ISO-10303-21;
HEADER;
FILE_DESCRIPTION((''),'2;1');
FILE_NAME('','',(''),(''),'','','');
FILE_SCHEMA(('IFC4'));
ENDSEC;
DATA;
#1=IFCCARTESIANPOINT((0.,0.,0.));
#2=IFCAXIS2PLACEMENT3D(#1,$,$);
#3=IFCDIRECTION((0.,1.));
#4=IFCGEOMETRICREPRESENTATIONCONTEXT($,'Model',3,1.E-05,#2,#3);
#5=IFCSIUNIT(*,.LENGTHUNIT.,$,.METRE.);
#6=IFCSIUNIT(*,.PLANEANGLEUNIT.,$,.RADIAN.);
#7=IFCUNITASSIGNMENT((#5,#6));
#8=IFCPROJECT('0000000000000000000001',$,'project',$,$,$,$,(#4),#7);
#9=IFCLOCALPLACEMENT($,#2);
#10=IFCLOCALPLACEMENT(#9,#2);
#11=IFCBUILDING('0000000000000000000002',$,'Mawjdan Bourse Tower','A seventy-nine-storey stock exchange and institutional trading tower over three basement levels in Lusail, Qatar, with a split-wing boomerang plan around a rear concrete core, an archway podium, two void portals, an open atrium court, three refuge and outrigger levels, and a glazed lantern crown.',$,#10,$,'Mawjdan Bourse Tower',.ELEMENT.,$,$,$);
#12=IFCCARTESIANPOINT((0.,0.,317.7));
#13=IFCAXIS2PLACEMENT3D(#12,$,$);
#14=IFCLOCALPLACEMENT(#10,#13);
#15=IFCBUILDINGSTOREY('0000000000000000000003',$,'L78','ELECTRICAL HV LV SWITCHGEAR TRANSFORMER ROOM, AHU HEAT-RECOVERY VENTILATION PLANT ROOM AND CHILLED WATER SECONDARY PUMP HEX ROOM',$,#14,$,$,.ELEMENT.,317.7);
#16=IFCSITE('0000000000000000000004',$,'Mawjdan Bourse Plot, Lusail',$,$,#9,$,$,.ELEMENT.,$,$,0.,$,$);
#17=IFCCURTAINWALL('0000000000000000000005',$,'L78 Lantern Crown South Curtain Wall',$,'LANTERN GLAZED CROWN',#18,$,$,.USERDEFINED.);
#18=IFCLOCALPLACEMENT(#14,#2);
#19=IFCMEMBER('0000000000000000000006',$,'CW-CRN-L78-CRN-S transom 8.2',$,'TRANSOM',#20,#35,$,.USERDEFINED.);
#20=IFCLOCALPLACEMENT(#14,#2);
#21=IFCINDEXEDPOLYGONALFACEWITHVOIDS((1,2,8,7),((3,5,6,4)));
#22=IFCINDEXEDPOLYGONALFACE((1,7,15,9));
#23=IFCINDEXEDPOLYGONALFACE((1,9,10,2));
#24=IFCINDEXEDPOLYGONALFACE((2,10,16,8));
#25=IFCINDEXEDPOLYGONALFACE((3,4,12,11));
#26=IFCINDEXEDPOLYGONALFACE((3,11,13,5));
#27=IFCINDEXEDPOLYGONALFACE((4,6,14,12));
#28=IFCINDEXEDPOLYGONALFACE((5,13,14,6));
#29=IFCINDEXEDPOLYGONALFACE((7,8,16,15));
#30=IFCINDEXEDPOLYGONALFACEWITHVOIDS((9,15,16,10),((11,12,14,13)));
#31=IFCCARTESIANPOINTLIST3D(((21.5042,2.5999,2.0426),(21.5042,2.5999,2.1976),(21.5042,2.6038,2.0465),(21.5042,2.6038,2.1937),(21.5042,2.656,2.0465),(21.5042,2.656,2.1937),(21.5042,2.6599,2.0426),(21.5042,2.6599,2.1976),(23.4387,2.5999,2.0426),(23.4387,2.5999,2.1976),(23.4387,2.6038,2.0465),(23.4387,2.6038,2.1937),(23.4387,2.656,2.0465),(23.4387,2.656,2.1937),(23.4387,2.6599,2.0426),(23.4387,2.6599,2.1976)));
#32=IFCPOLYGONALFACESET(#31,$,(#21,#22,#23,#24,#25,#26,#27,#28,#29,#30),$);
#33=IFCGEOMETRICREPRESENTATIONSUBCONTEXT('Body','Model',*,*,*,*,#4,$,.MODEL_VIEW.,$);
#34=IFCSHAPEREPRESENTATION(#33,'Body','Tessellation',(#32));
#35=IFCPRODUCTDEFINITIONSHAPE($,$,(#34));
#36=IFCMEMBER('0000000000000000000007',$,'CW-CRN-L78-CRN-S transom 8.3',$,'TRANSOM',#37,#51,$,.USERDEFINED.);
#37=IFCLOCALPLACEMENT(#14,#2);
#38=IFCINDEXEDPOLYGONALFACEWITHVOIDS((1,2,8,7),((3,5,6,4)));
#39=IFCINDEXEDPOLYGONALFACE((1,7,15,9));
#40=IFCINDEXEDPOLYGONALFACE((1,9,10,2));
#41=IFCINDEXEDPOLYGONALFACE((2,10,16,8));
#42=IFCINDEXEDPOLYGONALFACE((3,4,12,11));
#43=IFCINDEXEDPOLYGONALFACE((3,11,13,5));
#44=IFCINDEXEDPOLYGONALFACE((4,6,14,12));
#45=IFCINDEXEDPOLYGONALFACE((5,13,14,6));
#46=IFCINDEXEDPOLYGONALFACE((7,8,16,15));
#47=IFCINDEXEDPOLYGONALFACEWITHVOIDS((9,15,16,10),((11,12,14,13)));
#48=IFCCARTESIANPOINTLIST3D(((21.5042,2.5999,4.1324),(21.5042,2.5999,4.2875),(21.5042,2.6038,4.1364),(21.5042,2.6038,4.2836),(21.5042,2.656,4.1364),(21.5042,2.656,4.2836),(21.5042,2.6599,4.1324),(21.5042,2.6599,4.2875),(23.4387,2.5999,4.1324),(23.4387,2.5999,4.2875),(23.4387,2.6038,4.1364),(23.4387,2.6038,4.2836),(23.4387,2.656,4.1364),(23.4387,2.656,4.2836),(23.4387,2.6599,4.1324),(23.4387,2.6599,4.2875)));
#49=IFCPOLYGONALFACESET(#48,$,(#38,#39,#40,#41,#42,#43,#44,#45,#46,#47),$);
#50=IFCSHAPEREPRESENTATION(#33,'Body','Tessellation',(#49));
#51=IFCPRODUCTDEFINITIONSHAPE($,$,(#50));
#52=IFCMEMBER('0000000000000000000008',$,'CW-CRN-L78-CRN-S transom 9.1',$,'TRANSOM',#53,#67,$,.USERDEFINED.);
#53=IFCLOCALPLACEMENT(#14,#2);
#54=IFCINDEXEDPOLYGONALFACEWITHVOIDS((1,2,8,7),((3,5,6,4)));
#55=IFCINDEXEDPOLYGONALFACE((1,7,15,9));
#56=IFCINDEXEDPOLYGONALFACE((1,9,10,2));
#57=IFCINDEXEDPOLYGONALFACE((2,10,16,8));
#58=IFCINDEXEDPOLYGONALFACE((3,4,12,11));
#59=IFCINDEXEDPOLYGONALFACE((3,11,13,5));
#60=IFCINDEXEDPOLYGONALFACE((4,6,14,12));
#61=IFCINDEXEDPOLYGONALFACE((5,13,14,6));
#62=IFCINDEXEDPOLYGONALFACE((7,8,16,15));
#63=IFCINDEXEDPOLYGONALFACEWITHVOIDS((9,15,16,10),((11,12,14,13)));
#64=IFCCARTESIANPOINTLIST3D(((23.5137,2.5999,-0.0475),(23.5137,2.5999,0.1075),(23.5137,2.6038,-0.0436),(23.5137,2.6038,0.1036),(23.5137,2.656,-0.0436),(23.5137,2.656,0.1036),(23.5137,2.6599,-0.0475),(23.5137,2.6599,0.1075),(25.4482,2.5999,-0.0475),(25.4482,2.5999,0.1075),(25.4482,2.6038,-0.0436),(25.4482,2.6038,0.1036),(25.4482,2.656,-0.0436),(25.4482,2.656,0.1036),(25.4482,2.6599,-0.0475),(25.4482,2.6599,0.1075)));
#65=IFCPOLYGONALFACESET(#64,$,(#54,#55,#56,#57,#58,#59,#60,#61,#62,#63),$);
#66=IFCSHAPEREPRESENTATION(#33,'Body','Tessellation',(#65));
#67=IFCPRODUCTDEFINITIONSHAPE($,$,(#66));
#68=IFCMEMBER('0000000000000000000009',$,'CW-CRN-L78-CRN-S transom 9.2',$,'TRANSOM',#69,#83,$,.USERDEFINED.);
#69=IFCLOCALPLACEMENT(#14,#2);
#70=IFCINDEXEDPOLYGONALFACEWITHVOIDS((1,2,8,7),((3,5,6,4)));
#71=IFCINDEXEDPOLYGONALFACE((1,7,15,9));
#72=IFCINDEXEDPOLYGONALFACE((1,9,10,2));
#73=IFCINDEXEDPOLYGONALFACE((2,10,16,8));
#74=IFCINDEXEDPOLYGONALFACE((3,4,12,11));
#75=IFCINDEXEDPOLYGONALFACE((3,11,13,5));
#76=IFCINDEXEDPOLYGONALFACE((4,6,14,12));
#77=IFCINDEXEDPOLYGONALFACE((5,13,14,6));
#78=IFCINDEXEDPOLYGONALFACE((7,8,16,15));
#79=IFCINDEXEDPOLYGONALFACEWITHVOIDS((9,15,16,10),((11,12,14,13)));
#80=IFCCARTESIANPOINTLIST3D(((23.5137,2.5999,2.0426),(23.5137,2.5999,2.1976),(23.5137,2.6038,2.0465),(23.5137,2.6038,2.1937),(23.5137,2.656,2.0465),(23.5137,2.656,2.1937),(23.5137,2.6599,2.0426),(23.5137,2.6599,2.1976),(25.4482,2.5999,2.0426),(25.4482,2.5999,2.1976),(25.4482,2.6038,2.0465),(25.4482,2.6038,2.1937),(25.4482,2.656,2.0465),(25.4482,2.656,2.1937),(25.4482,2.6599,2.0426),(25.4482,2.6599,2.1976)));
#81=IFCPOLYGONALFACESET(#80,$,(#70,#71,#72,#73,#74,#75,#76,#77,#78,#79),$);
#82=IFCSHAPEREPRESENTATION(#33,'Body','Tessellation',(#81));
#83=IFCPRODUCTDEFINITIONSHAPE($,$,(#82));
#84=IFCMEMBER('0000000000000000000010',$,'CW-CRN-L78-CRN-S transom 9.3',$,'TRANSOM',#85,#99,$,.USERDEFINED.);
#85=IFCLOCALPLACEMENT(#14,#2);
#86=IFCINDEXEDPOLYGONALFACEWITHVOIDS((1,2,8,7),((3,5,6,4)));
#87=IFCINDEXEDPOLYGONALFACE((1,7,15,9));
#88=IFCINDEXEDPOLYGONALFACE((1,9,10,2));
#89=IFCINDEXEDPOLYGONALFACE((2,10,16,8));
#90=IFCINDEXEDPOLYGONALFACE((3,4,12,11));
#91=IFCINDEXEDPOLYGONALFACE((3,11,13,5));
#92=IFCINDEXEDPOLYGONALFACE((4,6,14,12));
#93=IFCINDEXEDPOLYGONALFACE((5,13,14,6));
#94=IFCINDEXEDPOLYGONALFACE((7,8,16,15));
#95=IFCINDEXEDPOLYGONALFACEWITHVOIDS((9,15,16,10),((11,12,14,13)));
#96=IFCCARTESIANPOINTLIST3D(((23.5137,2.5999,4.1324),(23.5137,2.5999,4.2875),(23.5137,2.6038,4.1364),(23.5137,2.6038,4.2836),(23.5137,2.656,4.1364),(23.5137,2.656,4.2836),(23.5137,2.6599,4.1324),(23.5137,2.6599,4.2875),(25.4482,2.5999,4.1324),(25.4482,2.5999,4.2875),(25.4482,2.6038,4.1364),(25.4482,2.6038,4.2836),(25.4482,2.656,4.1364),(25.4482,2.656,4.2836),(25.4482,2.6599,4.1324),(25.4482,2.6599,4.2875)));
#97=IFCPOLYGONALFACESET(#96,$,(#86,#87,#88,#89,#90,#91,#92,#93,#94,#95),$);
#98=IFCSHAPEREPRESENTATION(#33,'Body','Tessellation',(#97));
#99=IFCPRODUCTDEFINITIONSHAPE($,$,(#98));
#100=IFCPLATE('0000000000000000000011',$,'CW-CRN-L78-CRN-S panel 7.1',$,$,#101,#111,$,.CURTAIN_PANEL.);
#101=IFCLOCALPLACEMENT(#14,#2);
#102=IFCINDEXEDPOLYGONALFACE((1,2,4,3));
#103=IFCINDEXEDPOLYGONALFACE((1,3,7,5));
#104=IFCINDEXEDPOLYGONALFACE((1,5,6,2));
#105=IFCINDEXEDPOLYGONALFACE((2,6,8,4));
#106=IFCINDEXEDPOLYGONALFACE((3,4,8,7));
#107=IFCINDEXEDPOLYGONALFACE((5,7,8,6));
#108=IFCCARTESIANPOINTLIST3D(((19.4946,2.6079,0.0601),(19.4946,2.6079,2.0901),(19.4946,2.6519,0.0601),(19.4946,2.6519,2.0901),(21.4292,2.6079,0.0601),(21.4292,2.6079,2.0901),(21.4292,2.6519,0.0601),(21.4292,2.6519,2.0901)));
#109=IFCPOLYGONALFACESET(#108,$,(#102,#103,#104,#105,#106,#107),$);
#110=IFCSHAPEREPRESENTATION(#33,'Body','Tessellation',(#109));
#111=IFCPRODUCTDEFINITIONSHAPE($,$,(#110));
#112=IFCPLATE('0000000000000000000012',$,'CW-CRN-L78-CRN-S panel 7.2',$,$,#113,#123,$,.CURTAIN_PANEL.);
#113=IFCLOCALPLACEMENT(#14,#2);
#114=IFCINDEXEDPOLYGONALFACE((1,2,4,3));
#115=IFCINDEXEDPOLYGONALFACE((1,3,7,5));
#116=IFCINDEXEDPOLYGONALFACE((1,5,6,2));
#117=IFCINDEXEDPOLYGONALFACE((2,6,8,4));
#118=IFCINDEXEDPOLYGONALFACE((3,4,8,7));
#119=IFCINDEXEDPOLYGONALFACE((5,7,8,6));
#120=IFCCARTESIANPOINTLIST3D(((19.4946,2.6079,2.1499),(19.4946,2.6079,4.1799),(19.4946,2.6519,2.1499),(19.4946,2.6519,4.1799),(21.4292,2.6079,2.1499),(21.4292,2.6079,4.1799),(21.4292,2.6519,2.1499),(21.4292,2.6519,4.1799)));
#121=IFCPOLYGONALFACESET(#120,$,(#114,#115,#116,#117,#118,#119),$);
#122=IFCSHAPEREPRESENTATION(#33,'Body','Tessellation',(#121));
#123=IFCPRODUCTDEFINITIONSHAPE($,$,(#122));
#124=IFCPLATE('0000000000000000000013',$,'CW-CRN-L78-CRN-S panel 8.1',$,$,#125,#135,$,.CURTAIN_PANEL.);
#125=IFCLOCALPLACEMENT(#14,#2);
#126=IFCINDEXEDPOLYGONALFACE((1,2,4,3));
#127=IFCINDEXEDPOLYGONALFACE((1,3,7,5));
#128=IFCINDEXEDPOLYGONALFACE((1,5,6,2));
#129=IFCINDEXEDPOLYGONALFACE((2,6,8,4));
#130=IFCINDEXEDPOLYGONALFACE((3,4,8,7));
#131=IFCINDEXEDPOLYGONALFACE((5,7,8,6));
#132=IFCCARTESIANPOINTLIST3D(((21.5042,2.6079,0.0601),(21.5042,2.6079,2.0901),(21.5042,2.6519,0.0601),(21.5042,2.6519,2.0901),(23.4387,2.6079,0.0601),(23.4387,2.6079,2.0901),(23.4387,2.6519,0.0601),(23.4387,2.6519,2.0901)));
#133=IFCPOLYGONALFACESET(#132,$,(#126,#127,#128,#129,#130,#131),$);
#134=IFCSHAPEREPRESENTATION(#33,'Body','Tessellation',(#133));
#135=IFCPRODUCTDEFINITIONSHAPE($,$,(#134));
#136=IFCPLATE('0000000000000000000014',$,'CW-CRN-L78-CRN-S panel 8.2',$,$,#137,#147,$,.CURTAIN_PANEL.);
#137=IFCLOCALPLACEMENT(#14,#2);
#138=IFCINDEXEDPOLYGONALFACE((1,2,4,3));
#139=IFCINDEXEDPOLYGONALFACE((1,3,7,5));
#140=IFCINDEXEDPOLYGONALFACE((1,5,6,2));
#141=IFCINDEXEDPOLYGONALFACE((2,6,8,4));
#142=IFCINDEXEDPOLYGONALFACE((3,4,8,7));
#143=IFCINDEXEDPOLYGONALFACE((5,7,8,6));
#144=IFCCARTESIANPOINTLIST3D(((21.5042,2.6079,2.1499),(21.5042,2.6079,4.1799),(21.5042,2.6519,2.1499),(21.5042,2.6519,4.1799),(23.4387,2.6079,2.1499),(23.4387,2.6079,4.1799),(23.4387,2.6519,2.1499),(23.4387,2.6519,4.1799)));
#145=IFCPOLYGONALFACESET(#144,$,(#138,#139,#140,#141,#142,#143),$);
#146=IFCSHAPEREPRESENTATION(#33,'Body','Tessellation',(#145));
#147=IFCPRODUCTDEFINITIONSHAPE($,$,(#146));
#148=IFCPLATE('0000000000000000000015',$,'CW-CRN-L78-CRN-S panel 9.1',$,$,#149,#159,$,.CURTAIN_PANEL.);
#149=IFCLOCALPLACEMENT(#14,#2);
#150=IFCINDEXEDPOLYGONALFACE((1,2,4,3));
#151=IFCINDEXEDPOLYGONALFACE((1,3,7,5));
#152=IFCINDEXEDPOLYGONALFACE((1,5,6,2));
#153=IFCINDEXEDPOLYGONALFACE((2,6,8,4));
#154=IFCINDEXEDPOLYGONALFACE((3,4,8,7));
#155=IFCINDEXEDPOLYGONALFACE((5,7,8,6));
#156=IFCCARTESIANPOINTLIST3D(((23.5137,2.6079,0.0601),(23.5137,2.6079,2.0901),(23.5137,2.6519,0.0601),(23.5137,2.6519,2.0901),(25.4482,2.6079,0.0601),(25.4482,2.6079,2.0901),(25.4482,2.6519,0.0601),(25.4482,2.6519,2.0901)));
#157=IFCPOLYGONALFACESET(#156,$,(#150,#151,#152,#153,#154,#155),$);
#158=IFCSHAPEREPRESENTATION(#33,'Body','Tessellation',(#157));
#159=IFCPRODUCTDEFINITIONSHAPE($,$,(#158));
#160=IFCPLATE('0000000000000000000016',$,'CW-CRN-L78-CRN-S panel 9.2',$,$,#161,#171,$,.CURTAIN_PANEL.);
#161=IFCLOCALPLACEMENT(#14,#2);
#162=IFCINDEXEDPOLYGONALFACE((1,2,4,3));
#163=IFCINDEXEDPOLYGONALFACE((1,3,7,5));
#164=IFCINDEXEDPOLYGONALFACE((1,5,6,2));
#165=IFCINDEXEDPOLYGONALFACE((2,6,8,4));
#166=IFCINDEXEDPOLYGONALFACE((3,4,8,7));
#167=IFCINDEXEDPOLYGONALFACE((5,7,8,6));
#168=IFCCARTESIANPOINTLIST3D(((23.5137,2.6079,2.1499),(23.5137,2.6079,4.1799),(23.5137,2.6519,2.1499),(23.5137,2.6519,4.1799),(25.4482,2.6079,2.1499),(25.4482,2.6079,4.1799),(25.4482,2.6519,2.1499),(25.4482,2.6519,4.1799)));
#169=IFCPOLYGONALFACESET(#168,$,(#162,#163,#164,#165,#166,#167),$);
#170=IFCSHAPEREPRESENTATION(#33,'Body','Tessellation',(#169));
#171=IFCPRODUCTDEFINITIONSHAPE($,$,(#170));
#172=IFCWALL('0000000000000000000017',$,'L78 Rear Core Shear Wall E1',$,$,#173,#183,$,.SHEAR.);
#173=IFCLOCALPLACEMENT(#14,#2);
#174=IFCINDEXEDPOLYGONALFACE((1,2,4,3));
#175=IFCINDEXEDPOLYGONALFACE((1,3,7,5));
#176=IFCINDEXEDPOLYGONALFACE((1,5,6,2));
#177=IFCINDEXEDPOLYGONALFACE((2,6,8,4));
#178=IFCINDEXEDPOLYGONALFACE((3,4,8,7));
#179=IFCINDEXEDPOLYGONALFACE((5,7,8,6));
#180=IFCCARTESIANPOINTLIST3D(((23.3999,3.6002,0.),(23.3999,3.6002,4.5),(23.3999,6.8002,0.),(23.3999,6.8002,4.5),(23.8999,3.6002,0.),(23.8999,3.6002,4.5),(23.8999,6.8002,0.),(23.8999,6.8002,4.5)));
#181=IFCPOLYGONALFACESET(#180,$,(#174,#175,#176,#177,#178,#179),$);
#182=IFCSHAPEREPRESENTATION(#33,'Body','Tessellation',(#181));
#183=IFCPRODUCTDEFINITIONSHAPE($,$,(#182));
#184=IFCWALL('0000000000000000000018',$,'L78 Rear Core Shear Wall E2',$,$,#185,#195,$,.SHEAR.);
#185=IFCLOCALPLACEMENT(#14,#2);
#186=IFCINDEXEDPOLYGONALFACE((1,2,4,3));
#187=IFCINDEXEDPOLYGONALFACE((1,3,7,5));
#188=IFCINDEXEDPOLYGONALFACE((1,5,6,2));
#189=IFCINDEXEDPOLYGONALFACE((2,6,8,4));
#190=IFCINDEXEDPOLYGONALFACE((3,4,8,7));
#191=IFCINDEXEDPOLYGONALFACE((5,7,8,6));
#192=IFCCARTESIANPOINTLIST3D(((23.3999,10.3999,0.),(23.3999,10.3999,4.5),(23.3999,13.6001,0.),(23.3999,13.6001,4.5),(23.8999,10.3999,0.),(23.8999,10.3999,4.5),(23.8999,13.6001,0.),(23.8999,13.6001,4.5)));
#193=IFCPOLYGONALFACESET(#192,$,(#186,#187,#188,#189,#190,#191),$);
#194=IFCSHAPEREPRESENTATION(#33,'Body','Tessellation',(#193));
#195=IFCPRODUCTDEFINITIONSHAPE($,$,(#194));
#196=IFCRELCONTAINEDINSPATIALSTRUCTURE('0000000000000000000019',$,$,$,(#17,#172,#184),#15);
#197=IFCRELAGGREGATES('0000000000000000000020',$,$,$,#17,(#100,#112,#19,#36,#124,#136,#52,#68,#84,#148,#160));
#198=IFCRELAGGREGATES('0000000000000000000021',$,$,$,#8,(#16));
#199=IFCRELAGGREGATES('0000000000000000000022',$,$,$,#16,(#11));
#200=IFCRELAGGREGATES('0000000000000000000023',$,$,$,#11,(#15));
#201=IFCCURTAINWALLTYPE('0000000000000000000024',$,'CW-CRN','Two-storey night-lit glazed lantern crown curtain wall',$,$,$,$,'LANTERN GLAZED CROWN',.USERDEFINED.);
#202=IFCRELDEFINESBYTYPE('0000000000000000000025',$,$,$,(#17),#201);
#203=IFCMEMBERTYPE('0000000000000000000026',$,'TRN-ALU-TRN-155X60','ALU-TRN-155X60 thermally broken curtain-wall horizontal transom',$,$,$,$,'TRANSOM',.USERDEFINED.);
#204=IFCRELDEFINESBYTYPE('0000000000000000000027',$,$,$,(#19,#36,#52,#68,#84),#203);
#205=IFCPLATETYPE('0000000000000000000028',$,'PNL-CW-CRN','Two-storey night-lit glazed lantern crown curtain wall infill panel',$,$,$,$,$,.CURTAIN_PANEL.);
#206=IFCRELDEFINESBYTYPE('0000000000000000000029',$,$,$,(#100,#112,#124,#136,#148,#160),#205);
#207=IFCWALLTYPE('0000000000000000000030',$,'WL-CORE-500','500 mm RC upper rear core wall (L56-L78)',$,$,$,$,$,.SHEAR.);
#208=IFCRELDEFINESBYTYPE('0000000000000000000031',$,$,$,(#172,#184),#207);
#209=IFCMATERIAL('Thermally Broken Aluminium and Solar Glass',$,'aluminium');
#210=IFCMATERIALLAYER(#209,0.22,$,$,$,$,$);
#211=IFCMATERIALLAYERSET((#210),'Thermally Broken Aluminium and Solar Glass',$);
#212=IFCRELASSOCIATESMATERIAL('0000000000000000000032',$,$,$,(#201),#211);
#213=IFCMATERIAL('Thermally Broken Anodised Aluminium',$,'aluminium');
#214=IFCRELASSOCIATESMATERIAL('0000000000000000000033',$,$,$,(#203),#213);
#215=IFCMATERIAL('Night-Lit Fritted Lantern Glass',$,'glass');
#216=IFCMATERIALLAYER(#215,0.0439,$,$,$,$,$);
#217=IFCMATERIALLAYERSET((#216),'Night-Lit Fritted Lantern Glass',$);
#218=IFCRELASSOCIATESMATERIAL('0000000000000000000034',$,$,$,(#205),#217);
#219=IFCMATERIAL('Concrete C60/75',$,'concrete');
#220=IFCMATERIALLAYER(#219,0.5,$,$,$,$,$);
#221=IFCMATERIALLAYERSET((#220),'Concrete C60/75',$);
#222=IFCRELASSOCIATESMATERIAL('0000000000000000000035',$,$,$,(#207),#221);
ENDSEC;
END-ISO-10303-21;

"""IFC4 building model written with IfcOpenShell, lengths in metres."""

from ifc_helpers import new_model, si_unit, direction, frame, frame_2d, origin, origin_2d, place, context, subcontext, project, spatial, rectangle, hollow_rectangle, extrude, material, layer, layer_set, material_profile, profile_set, type_object, element, aggregate, save


model = new_model("IFC4")

# Units and contexts
model_context = context("Model", 3, precision=1e-05, world=origin(), true_north=direction((0.0, 1.0)))
body_context = subcontext(model_context, "Body", "Model", "MODEL_VIEW")
ifc_project = project(units=[si_unit("LENGTHUNIT", "METRE"), si_unit("PLANEANGLEUNIT", "RADIAN")], contexts=[model_context])

# Site, building, storey
site_placement = place(None, origin())
site = spatial("IfcSite", under=ifc_project, at=site_placement, Name="Mawjdan Bourse Plot, Lusail", CompositionType="ELEMENT", RefElevation=0.0)
building_placement = place(site_placement, origin())
building = spatial("IfcBuilding", under=site, at=building_placement, Name="Mawjdan Bourse Tower", Description="A seventy-nine-storey stock exchange and institutional trading tower over three basement levels in Lusail, Qatar, with a split-wing boomerang plan around a rear concrete core, an archway podium, two void portals, an open atrium court, three refuge and outrigger levels, and a glazed lantern crown.", LongName="Mawjdan Bourse Tower", CompositionType="ELEMENT")
storey_placement = place(building_placement, frame((0.0, 0.0, 317.7)))
storey = spatial("IfcBuildingStorey", under=building, at=storey_placement, Name="L78", Description="ELECTRICAL HV LV SWITCHGEAR TRANSFORMER ROOM, AHU HEAT-RECOVERY VENTILATION PLANT ROOM AND CHILLED WATER SECONDARY PUMP HEX ROOM", CompositionType="ELEMENT", Elevation=317.7)

# Curtain wall
ifc_material_1 = material(Name="Thermally Broken Aluminium and Solar Glass", Category="aluminium")
ifc_layer_1 = layer(ifc_material_1, 0.22)
ifc_layer_set_1 = layer_set([ifc_layer_1], Name="Thermally Broken Aluminium and Solar Glass")
curtain_wall_type = type_object("IfcCurtainWallType", Name="CW-CRN", Description="Two-storey night-lit glazed lantern crown curtain wall", ElementType="LANTERN GLAZED CROWN", PredefinedType="USERDEFINED", material=ifc_layer_set_1)
curtain_wall_placement = place(storey_placement, origin())
curtain_wall = element("IfcCurtainWall", 1, at=curtain_wall_placement, inside=storey, type_object=curtain_wall_type, Name="L78 Lantern Crown South Curtain Wall", ObjectType="LANTERN GLAZED CROWN", PredefinedType="USERDEFINED")
ifc_material_2 = material(Name="Thermally Broken Anodised Aluminium", Category="aluminium")

# Members
ifc_material_profile_1 = material_profile(ifc_material_2, hollow_rectangle(XDim=0.0601, YDim=0.155, WallThickness=0.0039, at=origin_2d()), Name="ALU-TRN-155X60")
ifc_profile_set_1 = profile_set([ifc_material_profile_1], Name="Thermally Broken Anodised Aluminium")
member_type_1 = type_object("IfcMemberType", Name="TRN-ALU-TRN-155X60", Description="ALU-TRN-155X60 thermally broken curtain-wall horizontal transom", ElementType="TRANSOM", PredefinedType="USERDEFINED", material=ifc_profile_set_1)
member_1_placement = place(storey_placement, frame((21.5042, 2.6299, 2.1201), z_axis=(1.0, 0.0, 0.0), x_axis=(0.0, 1.0, 0.0)))
member_1 = element("IfcMember", 2, at=member_1_placement, type_object=member_type_1, Name="CW-CRN-L78-CRN-S transom 8.2", ObjectType="TRANSOM", PredefinedType="USERDEFINED", context=body_context, shape_type="SweptSolid", body=[
    extrude(hollow_rectangle(XDim=0.0601, YDim=0.155, WallThickness=0.0039, at=origin_2d()), origin(), (0.0, 0.0, 1.0), 1.9346),
])
member_2_placement = place(storey_placement, frame((21.5042, 2.6299, 4.21), z_axis=(1.0, 0.0, 0.0), x_axis=(0.0, 1.0, 0.0)))
member_2 = element("IfcMember", 3, at=member_2_placement, type_object=member_type_1, Name="CW-CRN-L78-CRN-S transom 8.3", ObjectType="TRANSOM", PredefinedType="USERDEFINED", context=body_context, shape_type="SweptSolid", body=[
    extrude(hollow_rectangle(XDim=0.0601, YDim=0.155, WallThickness=0.0039, at=origin_2d()), origin(), (0.0, 0.0, 1.0), 1.9346),
])
member_3_placement = place(storey_placement, frame((23.5137, 2.6299, 0.03), z_axis=(1.0, 0.0, 0.0), x_axis=(0.0, 1.0, 0.0)))
member_3 = element("IfcMember", 4, at=member_3_placement, type_object=member_type_1, Name="CW-CRN-L78-CRN-S transom 9.1", ObjectType="TRANSOM", PredefinedType="USERDEFINED", context=body_context, shape_type="SweptSolid", body=[
    extrude(hollow_rectangle(XDim=0.0601, YDim=0.155, WallThickness=0.0039, at=origin_2d()), origin(), (0.0, 0.0, 1.0), 1.9346),
])
member_4_placement = place(storey_placement, frame((23.5137, 2.6299, 2.1201), z_axis=(1.0, 0.0, 0.0), x_axis=(0.0, 1.0, 0.0)))
member_4 = element("IfcMember", 5, at=member_4_placement, type_object=member_type_1, Name="CW-CRN-L78-CRN-S transom 9.2", ObjectType="TRANSOM", PredefinedType="USERDEFINED", context=body_context, shape_type="SweptSolid", body=[
    extrude(hollow_rectangle(XDim=0.0601, YDim=0.155, WallThickness=0.0039, at=origin_2d()), origin(), (0.0, 0.0, 1.0), 1.9346),
])
member_5_placement = place(storey_placement, frame((23.5137, 2.6299, 4.21), z_axis=(1.0, 0.0, 0.0), x_axis=(0.0, 1.0, 0.0)))
member_5 = element("IfcMember", 6, at=member_5_placement, type_object=member_type_1, Name="CW-CRN-L78-CRN-S transom 9.3", ObjectType="TRANSOM", PredefinedType="USERDEFINED", context=body_context, shape_type="SweptSolid", body=[
    extrude(hollow_rectangle(XDim=0.0601, YDim=0.155, WallThickness=0.0039, at=origin_2d()), origin(), (0.0, 0.0, 1.0), 1.9346),
])

# Plates
ifc_material_3 = material(Name="Night-Lit Fritted Lantern Glass", Category="glass")
ifc_layer_2 = layer(ifc_material_3, 0.0439)
ifc_layer_set_2 = layer_set([ifc_layer_2], Name="Night-Lit Fritted Lantern Glass")
plate_type = type_object("IfcPlateType", Name="PNL-CW-CRN", Description="Two-storey night-lit glazed lantern crown curtain wall infill panel", PredefinedType="CURTAIN_PANEL", material=ifc_layer_set_2)
plate_1_placement = place(storey_placement, frame((20.4619, 2.6299, 0.0601), z_axis=(0.0, 0.0, 1.0), x_axis=(1.0, 0.0, 0.0)))
plate_1 = element("IfcPlate", 7, at=plate_1_placement, type_object=plate_type, Name="CW-CRN-L78-CRN-S panel 7.1", PredefinedType="CURTAIN_PANEL", context=body_context, shape_type="SweptSolid", body=[
    extrude(rectangle(XDim=1.9346, YDim=0.0439, at=origin_2d()), origin(), (0.0, 0.0, 1.0), 2.03),
])
plate_2_placement = place(storey_placement, frame((20.4619, 2.6299, 2.1499), z_axis=(0.0, 0.0, 1.0), x_axis=(1.0, 0.0, 0.0)))
plate_2 = element("IfcPlate", 8, at=plate_2_placement, type_object=plate_type, Name="CW-CRN-L78-CRN-S panel 7.2", PredefinedType="CURTAIN_PANEL", context=body_context, shape_type="SweptSolid", body=[
    extrude(rectangle(XDim=1.9346, YDim=0.0439, at=origin_2d()), origin(), (0.0, 0.0, 1.0), 2.03),
])
plate_3_placement = place(storey_placement, frame((22.4714, 2.6299, 0.0601), z_axis=(0.0, 0.0, 1.0), x_axis=(1.0, 0.0, 0.0)))
plate_3 = element("IfcPlate", 9, at=plate_3_placement, type_object=plate_type, Name="CW-CRN-L78-CRN-S panel 8.1", PredefinedType="CURTAIN_PANEL", context=body_context, shape_type="SweptSolid", body=[
    extrude(rectangle(XDim=1.9346, YDim=0.0439, at=origin_2d()), origin(), (0.0, 0.0, 1.0), 2.03),
])
plate_4_placement = place(storey_placement, frame((22.4714, 2.6299, 2.1499), z_axis=(0.0, 0.0, 1.0), x_axis=(1.0, 0.0, 0.0)))
plate_4 = element("IfcPlate", 10, at=plate_4_placement, type_object=plate_type, Name="CW-CRN-L78-CRN-S panel 8.2", PredefinedType="CURTAIN_PANEL", context=body_context, shape_type="SweptSolid", body=[
    extrude(rectangle(XDim=1.9346, YDim=0.0439, at=origin_2d()), origin(), (0.0, 0.0, 1.0), 2.03),
])
plate_5_placement = place(storey_placement, frame((24.481, 2.6299, 0.0601), z_axis=(0.0, 0.0, 1.0), x_axis=(1.0, 0.0, 0.0)))
plate_5 = element("IfcPlate", 11, at=plate_5_placement, type_object=plate_type, Name="CW-CRN-L78-CRN-S panel 9.1", PredefinedType="CURTAIN_PANEL", context=body_context, shape_type="SweptSolid", body=[
    extrude(rectangle(XDim=1.9346, YDim=0.0439, at=origin_2d()), origin(), (0.0, 0.0, 1.0), 2.03),
])
plate_6_placement = place(storey_placement, frame((24.481, 2.6299, 2.1499), z_axis=(0.0, 0.0, 1.0), x_axis=(1.0, 0.0, 0.0)))
plate_6 = element("IfcPlate", 12, at=plate_6_placement, type_object=plate_type, Name="CW-CRN-L78-CRN-S panel 9.2", PredefinedType="CURTAIN_PANEL", context=body_context, shape_type="SweptSolid", body=[
    extrude(rectangle(XDim=1.9346, YDim=0.0439, at=origin_2d()), origin(), (0.0, 0.0, 1.0), 2.03),
])
aggregate(curtain_wall, [plate_1, plate_2, member_1, member_2, plate_3, plate_4, member_3, member_4, member_5, plate_5, plate_6])

# Walls
ifc_material_4 = material(Name="Concrete C60/75", Category="concrete")
ifc_layer_3 = layer(ifc_material_4, 0.5)
ifc_layer_set_3 = layer_set([ifc_layer_3], Name="Concrete C60/75")
wall_type_1 = type_object("IfcWallType", Name="WL-CORE-500", Description="500 mm RC upper rear core wall (L56-L78)", PredefinedType="SHEAR", material=ifc_layer_set_3)
wall_1_placement = place(storey_placement, frame((23.6499, 3.6001, 0.0), z_axis=(0.0, 0.0, 1.0), x_axis=(0.0, 1.0, 0.0)))
element("IfcWall", 13, at=wall_1_placement, inside=storey, type_object=wall_type_1, Name="L78 Rear Core Shear Wall E1", PredefinedType="SHEAR", context=body_context, shape_type="SweptSolid", body=[
    extrude(rectangle(XDim=3.2, YDim=0.5, at=frame_2d((1.6001, 0.0))), origin(), (0.0, 0.0, 1.0), 4.5),
])
wall_2_placement = place(storey_placement, frame((23.6499, 10.3999, 0.0), z_axis=(0.0, 0.0, 1.0), x_axis=(0.0, 1.0, 0.0)))
element("IfcWall", 14, at=wall_2_placement, inside=storey, type_object=wall_type_1, Name="L78 Rear Core Shear Wall E2", PredefinedType="SHEAR", context=body_context, shape_type="SweptSolid", body=[
    extrude(rectangle(XDim=3.2002, YDim=0.5, at=frame_2d((1.6001, 0.0))), origin(), (0.0, 0.0, 1.0), 4.5),
])

save(model, "model.ifc")
